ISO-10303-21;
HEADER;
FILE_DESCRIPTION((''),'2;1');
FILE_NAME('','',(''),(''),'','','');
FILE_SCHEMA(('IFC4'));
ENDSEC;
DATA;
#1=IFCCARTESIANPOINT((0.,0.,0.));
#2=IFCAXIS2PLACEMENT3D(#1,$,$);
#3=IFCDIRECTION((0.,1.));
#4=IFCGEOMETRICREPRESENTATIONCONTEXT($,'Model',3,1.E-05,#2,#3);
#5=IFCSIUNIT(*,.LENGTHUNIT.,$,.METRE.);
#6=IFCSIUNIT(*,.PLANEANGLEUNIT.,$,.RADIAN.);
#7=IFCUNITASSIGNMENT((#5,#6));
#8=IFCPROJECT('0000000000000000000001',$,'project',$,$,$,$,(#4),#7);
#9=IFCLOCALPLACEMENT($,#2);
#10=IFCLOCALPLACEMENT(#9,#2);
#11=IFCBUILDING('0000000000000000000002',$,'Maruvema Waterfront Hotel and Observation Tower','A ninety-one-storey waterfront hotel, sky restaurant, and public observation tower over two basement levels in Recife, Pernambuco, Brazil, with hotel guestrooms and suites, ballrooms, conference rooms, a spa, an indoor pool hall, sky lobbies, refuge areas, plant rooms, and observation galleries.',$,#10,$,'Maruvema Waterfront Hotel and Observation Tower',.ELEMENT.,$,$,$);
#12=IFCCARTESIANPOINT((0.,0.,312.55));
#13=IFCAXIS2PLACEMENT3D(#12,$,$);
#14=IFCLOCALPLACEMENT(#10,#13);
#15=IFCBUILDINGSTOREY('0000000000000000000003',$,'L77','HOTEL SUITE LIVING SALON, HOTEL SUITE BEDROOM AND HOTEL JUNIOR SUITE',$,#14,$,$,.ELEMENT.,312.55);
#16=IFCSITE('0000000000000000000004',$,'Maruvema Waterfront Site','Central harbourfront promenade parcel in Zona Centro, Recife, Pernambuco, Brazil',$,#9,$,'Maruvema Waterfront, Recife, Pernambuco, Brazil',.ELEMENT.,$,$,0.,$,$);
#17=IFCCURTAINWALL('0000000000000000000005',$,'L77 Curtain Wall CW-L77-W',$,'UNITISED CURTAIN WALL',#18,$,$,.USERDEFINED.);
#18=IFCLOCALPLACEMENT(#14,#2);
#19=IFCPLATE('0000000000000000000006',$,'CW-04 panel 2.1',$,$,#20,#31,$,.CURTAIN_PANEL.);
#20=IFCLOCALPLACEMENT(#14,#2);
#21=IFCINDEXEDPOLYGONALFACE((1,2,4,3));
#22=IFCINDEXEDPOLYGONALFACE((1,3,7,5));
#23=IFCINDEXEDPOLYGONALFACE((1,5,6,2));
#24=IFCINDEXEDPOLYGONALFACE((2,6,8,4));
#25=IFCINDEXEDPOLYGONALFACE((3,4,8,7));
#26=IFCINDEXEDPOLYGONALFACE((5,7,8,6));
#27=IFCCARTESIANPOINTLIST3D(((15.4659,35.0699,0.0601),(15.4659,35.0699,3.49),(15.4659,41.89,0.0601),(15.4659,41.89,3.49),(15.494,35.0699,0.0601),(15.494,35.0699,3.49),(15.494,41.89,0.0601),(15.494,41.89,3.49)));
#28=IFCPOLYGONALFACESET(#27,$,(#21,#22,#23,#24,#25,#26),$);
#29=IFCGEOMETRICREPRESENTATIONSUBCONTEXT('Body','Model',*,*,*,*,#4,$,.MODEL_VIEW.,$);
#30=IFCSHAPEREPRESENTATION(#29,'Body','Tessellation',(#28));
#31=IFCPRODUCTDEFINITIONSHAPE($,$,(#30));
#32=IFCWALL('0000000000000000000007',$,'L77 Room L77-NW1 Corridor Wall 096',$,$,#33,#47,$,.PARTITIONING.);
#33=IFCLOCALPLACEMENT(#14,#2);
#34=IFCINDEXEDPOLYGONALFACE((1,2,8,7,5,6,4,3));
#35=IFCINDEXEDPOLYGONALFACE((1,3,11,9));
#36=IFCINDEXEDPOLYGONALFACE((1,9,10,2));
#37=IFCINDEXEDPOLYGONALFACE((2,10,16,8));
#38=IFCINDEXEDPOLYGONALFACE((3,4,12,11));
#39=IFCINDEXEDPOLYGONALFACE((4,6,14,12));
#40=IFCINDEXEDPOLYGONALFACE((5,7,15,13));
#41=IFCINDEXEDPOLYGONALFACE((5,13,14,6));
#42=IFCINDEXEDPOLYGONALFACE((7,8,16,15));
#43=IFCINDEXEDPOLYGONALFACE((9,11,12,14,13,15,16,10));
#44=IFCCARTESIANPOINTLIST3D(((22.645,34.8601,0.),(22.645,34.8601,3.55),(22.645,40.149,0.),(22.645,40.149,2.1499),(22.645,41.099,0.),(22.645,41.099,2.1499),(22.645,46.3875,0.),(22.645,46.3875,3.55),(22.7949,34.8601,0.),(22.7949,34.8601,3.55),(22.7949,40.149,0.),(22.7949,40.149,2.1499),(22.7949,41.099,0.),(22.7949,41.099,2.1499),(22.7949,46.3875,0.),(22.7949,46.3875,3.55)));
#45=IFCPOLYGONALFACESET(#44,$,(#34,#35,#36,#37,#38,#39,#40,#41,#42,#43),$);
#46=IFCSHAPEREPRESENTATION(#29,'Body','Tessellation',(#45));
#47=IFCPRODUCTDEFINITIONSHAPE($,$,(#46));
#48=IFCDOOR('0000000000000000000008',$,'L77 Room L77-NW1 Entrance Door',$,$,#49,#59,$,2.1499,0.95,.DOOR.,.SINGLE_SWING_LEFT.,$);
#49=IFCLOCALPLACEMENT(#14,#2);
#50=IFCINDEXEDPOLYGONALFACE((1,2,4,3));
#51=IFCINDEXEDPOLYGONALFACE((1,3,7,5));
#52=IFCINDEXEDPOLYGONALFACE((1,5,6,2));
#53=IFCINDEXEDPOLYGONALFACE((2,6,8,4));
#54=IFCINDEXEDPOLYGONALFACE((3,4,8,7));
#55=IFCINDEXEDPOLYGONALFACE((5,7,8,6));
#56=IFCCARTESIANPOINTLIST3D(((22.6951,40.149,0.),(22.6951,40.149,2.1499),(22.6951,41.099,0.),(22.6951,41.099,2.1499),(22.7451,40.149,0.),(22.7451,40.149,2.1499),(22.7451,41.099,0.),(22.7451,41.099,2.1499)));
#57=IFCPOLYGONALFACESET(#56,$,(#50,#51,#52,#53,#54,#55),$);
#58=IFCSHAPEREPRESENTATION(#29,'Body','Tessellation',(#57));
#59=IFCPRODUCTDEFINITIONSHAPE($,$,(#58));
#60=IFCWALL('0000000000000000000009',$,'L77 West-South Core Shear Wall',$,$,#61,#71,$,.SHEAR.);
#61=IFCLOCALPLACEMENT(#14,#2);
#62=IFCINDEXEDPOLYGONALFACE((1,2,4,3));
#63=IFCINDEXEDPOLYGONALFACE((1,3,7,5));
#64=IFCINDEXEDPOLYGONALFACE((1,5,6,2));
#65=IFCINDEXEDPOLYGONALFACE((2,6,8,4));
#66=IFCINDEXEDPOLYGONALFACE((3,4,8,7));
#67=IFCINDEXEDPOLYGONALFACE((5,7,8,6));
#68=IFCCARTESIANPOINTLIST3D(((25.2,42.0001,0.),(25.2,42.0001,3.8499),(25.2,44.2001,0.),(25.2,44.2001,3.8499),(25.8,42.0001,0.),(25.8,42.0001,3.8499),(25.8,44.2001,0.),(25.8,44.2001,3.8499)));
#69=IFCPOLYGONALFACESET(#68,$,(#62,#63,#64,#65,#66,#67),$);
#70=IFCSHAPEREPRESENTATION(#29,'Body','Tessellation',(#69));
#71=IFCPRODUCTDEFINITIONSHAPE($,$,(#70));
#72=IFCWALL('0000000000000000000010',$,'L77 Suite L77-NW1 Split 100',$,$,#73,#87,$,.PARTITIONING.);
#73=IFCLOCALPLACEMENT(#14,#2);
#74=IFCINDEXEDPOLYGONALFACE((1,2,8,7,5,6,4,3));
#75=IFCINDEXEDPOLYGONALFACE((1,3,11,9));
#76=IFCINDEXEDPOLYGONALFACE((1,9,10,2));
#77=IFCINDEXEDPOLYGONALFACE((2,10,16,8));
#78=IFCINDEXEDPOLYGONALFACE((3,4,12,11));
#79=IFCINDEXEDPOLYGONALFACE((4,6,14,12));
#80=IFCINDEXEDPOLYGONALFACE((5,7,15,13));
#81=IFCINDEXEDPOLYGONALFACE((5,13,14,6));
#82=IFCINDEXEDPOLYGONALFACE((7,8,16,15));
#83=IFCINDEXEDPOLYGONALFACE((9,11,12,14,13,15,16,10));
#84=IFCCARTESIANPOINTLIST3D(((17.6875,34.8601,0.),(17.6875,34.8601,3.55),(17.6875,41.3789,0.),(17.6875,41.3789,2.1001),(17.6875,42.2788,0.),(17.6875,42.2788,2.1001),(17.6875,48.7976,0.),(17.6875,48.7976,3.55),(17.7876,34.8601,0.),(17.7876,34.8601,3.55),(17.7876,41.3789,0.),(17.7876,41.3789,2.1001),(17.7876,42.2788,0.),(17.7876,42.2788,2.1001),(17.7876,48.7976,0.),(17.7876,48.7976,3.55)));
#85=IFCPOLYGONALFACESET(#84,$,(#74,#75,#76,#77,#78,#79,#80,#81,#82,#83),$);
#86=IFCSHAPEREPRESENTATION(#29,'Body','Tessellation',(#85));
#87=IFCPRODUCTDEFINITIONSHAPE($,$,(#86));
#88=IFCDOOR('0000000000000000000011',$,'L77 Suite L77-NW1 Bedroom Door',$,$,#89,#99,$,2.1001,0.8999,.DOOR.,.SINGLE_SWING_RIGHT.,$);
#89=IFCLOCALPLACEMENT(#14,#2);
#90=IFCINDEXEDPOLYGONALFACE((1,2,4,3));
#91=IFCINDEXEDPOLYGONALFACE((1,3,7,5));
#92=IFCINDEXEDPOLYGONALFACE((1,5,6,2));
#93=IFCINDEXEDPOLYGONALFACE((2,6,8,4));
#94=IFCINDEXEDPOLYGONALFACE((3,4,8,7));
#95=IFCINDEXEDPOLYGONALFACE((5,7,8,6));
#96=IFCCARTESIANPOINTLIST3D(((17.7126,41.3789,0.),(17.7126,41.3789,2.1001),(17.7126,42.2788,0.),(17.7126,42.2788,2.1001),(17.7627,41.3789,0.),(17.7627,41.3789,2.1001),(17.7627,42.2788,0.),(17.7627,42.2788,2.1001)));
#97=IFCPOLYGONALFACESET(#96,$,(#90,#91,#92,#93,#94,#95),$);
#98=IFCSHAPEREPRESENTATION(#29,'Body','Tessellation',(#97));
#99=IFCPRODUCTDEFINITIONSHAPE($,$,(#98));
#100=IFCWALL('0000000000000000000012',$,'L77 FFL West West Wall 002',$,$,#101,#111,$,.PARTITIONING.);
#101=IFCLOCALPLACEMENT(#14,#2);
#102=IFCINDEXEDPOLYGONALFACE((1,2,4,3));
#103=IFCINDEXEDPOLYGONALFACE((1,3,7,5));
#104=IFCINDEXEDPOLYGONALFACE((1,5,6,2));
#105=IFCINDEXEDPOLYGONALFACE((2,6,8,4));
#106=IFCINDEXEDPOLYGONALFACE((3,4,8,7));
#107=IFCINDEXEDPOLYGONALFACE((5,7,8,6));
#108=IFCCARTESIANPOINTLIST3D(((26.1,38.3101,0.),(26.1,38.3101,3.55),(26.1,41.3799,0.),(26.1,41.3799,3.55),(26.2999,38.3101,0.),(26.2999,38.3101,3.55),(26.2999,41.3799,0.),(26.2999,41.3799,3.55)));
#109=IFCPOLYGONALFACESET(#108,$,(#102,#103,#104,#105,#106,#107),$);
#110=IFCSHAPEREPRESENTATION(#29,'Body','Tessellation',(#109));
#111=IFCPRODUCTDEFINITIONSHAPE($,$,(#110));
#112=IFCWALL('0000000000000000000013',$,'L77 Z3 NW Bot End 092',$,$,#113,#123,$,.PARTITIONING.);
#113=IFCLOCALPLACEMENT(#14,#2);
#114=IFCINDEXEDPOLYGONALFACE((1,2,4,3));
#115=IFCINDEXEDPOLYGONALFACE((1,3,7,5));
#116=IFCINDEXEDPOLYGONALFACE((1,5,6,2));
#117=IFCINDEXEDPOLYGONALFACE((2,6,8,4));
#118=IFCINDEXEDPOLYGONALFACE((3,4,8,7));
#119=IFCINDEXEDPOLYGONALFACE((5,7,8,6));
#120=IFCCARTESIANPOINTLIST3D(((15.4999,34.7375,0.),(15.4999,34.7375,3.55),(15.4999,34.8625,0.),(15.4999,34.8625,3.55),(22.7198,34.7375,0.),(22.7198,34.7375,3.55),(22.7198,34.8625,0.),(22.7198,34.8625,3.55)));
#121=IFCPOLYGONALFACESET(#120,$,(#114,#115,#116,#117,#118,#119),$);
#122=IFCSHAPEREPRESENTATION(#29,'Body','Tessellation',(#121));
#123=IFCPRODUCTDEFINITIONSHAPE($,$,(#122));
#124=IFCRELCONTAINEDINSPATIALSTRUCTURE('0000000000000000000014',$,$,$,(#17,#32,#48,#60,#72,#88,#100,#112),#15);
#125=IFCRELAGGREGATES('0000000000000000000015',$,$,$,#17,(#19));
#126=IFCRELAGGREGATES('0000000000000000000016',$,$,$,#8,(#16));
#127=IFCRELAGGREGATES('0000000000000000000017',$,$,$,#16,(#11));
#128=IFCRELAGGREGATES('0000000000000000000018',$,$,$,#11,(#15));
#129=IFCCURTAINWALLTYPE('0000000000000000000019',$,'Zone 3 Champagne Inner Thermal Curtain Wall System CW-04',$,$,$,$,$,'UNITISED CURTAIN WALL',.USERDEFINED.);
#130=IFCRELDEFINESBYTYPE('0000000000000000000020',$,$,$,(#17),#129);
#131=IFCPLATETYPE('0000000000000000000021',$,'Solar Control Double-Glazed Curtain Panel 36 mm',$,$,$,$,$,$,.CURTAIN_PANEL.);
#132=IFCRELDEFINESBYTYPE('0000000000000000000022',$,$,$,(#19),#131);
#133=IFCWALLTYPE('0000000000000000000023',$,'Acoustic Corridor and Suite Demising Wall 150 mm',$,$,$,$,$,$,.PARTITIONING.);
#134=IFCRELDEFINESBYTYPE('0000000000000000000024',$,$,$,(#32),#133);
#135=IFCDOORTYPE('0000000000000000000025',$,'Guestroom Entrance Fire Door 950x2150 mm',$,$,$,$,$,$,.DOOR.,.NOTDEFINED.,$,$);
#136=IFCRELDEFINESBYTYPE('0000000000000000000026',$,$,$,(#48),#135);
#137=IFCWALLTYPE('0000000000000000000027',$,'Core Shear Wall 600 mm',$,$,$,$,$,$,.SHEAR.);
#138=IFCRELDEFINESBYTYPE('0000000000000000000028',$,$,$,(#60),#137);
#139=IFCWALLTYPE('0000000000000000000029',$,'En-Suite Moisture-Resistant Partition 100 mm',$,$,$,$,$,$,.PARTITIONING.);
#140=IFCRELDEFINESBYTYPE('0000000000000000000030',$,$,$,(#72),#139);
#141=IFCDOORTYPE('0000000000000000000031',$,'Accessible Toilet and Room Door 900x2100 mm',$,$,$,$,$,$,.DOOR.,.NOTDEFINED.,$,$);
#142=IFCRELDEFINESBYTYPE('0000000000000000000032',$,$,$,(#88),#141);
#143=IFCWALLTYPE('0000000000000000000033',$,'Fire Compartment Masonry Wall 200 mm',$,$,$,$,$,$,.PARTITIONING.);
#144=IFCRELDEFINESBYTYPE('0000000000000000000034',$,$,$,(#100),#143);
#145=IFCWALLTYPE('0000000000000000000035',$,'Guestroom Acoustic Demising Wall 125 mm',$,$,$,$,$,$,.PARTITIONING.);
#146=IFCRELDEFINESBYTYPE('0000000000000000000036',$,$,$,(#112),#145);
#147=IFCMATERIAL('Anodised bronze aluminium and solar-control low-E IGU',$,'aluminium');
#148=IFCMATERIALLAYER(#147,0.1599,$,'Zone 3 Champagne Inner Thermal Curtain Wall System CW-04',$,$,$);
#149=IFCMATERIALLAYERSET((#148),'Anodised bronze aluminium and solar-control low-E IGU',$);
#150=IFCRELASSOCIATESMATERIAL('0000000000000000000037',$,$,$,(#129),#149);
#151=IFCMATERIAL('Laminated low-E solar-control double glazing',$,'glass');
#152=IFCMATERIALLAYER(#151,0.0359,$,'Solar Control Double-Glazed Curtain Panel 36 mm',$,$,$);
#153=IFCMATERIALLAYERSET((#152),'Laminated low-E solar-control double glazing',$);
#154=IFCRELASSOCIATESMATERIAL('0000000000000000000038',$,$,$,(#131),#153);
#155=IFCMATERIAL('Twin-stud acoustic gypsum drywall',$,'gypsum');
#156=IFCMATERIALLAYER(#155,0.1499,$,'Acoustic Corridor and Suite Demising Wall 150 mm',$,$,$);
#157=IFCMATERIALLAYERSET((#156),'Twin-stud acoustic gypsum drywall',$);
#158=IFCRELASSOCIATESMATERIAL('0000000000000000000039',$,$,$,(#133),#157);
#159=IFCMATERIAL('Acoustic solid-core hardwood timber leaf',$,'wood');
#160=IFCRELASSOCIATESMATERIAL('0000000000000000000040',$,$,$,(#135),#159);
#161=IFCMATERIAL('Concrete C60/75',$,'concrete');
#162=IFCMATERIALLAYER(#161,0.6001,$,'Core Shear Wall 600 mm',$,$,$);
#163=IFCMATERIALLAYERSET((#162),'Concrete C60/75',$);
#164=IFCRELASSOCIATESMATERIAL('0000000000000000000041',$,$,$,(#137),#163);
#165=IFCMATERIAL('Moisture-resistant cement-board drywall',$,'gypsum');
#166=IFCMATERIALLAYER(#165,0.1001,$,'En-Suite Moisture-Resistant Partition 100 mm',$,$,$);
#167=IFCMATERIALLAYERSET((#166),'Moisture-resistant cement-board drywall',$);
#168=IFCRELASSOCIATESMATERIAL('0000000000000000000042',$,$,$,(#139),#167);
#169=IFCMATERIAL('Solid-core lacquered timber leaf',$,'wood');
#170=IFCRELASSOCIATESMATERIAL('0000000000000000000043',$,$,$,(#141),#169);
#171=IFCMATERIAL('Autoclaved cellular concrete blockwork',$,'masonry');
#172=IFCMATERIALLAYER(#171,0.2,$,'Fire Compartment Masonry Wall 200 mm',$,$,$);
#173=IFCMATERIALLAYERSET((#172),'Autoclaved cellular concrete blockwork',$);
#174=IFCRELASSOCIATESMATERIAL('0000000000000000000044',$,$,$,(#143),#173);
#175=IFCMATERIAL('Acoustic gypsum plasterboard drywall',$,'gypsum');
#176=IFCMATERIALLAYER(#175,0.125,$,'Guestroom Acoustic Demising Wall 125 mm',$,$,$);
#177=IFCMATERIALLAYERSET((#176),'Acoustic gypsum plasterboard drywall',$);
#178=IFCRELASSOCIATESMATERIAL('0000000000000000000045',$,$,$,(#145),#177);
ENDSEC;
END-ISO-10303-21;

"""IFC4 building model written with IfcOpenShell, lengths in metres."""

from ifc_helpers import new_model, si_unit, direction, frame, frame_2d, origin, origin_2d, place, context, subcontext, project, spatial, rectangle, extrude, material, layer, layer_set, type_object, element, fill, aggregate, save


model = new_model("IFC4")

# Units and contexts
model_context = context("Model", 3, precision=1e-05, world=origin(), true_north=direction((0.0, 1.0)))
body_context = subcontext(model_context, "Body", "Model", "MODEL_VIEW")
ifc_project = project(units=[si_unit("LENGTHUNIT", "METRE"), si_unit("PLANEANGLEUNIT", "RADIAN")], contexts=[model_context])

# Site, building, storey
site_placement = place(None, origin())
site = spatial("IfcSite", under=ifc_project, at=site_placement, Name="Maruvema Waterfront Site", Description="Central harbourfront promenade parcel in Zona Centro, Recife, Pernambuco, Brazil", LongName="Maruvema Waterfront, Recife, Pernambuco, Brazil", CompositionType="ELEMENT", RefElevation=0.0)
building_placement = place(site_placement, origin())
building = spatial("IfcBuilding", under=site, at=building_placement, Name="Maruvema Waterfront Hotel and Observation Tower", Description="A ninety-one-storey waterfront hotel, sky restaurant, and public observation tower over two basement levels in Recife, Pernambuco, Brazil, with hotel guestrooms and suites, ballrooms, conference rooms, a spa, an indoor pool hall, sky lobbies, refuge areas, plant rooms, and observation galleries.", LongName="Maruvema Waterfront Hotel and Observation Tower", CompositionType="ELEMENT")
storey_placement = place(building_placement, frame((0.0, 0.0, 312.55)))
storey = spatial("IfcBuildingStorey", under=building, at=storey_placement, Name="L77", Description="HOTEL SUITE LIVING SALON, HOTEL SUITE BEDROOM AND HOTEL JUNIOR SUITE", CompositionType="ELEMENT", Elevation=312.55)

# Curtain wall
ifc_material_1 = material(Name="Anodised bronze aluminium and solar-control low-E IGU", Category="aluminium")
ifc_layer_1 = layer(ifc_material_1, 0.1599, Name="Zone 3 Champagne Inner Thermal Curtain Wall System CW-04")
ifc_layer_set_1 = layer_set([ifc_layer_1], Name="Anodised bronze aluminium and solar-control low-E IGU")
curtain_wall_type = type_object("IfcCurtainWallType", Name="Zone 3 Champagne Inner Thermal Curtain Wall System CW-04", ElementType="UNITISED CURTAIN WALL", PredefinedType="USERDEFINED", material=ifc_layer_set_1)
curtain_wall_placement = place(storey_placement, origin())
curtain_wall = element("IfcCurtainWall", 1, at=curtain_wall_placement, inside=storey, type_object=curtain_wall_type, Name="L77 Curtain Wall CW-L77-W", ObjectType="UNITISED CURTAIN WALL", PredefinedType="USERDEFINED")

# Plate
ifc_material_2 = material(Name="Laminated low-E solar-control double glazing", Category="glass")
ifc_layer_2 = layer(ifc_material_2, 0.0359, Name="Solar Control Double-Glazed Curtain Panel 36 mm")
ifc_layer_set_2 = layer_set([ifc_layer_2], Name="Laminated low-E solar-control double glazing")
plate_type = type_object("IfcPlateType", Name="Solar Control Double-Glazed Curtain Panel 36 mm", PredefinedType="CURTAIN_PANEL", material=ifc_layer_set_2)
plate_placement = place(storey_placement, frame((15.48, 38.48, 0.0601), z_axis=(0.0, 0.0, 1.0), x_axis=(0.0, -1.0, 0.0)))
plate = element("IfcPlate", 2, at=plate_placement, type_object=plate_type, Name="CW-04 panel 2.1", PredefinedType="CURTAIN_PANEL", context=body_context, shape_type="SweptSolid", body=[
    extrude(rectangle(XDim=6.8201, YDim=0.0281, at=origin_2d()), origin(), (0.0, 0.0, 1.0), 3.4299),
])
aggregate(curtain_wall, [plate])

# Wall, opening, door
ifc_material_3 = material(Name="Twin-stud acoustic gypsum drywall", Category="gypsum")
ifc_layer_3 = layer(ifc_material_3, 0.1499, Name="Acoustic Corridor and Suite Demising Wall 150 mm")
ifc_layer_set_3 = layer_set([ifc_layer_3], Name="Twin-stud acoustic gypsum drywall")
wall_type_1 = type_object("IfcWallType", Name="Acoustic Corridor and Suite Demising Wall 150 mm", PredefinedType="PARTITIONING", material=ifc_layer_set_3)
wall_1_placement = place(storey_placement, frame((22.72, 34.8601, 0.0), z_axis=(0.0, 0.0, 1.0), x_axis=(0.0, 1.0, 0.0)))
wall_1 = element("IfcWall", 3, at=wall_1_placement, inside=storey, type_object=wall_type_1, Name="L77 Room L77-NW1 Corridor Wall 096", PredefinedType="PARTITIONING", context=body_context, shape_type="SweptSolid", body=[
    extrude(rectangle(XDim=11.5273, YDim=0.1499, at=frame_2d((5.7637, 0.0))), origin(), (0.0, 0.0, 1.0), 3.55),
])
opening_1_placement = place(wall_1_placement, frame((5.2888, 0.0, 0.0)))
opening_1 = element("IfcOpeningElement", 4, at=opening_1_placement, cuts=wall_1, PredefinedType="OPENING", context=body_context, shape_type="SweptSolid", body=[
    extrude(rectangle(XDim=0.95, YDim=2.1499, at=frame_2d((0.4751, 1.075))), frame((0.0, 0.085, 0.0), z_axis=(0.0, -1.0, 0.0), x_axis=(1.0, 0.0, 0.0)), (0.0, 0.0, 1.0), 0.1699),
])
ifc_material_4 = material(Name="Acoustic solid-core hardwood timber leaf", Category="wood")
door_type_1 = type_object("IfcDoorType", Name="Guestroom Entrance Fire Door 950x2150 mm", OperationType="NOTDEFINED", PredefinedType="DOOR", material=ifc_material_4)
door_1_placement = place(opening_1_placement, origin())
door_1 = element("IfcDoor", 5, at=door_1_placement, inside=storey, type_object=door_type_1, Name="L77 Room L77-NW1 Entrance Door", OperationType="SINGLE_SWING_LEFT", OverallHeight=2.1499, OverallWidth=0.95, PredefinedType="DOOR", context=body_context, shape_type="SweptSolid", body=[
    extrude(rectangle(XDim=0.95, YDim=2.1499, at=frame_2d((0.4751, 1.075))), frame((0.0, 0.0249, 0.0), z_axis=(0.0, -1.0, 0.0), x_axis=(1.0, 0.0, 0.0)), (0.0, 0.0, 1.0), 0.05),
])
fill(opening_1, door_1)

# Shared definitions
ifc_material_5 = material(Name="Concrete C60/75", Category="concrete")
ifc_layer_4 = layer(ifc_material_5, 0.6001, Name="Core Shear Wall 600 mm")
ifc_layer_set_4 = layer_set([ifc_layer_4], Name="Concrete C60/75")
wall_type_2 = type_object("IfcWallType", Name="Core Shear Wall 600 mm", PredefinedType="SHEAR", material=ifc_layer_set_4)

# Wall
wall_2_placement = place(storey_placement, frame((25.5, 42.0, 0.0), z_axis=(0.0, 0.0, 1.0), x_axis=(0.0, 1.0, 0.0)))
element("IfcWall", 6, at=wall_2_placement, inside=storey, type_object=wall_type_2, Name="L77 West-South Core Shear Wall", PredefinedType="SHEAR", context=body_context, shape_type="SweptSolid", body=[
    extrude(rectangle(XDim=2.2, YDim=0.6001, at=frame_2d((1.1001, 0.0))), origin(), (0.0, 0.0, 1.0), 3.8499),
])

# Wall, opening, door
ifc_material_6 = material(Name="Moisture-resistant cement-board drywall", Category="gypsum")
ifc_layer_5 = layer(ifc_material_6, 0.1001, Name="En-Suite Moisture-Resistant Partition 100 mm")
ifc_layer_set_5 = layer_set([ifc_layer_5], Name="Moisture-resistant cement-board drywall")
wall_type_3 = type_object("IfcWallType", Name="En-Suite Moisture-Resistant Partition 100 mm", PredefinedType="PARTITIONING", material=ifc_layer_set_5)
wall_3_placement = place(storey_placement, frame((17.7375, 34.8601, 0.0), z_axis=(0.0, 0.0, 1.0), x_axis=(0.0, 1.0, 0.0)))
wall_3 = element("IfcWall", 7, at=wall_3_placement, inside=storey, type_object=wall_type_3, Name="L77 Suite L77-NW1 Split 100", PredefinedType="PARTITIONING", context=body_context, shape_type="SweptSolid", body=[
    extrude(rectangle(XDim=13.9375, YDim=0.1001, at=frame_2d((6.9688, 0.0))), origin(), (0.0, 0.0, 1.0), 3.55),
])
opening_2_placement = place(wall_3_placement, frame((6.5188, 0.0, 0.0)))
opening_2 = element("IfcOpeningElement", 8, at=opening_2_placement, cuts=wall_3, PredefinedType="OPENING", context=body_context, shape_type="SweptSolid", body=[
    extrude(rectangle(XDim=0.8999, YDim=2.1001, at=frame_2d((0.45, 1.05))), frame((0.0, 0.0601, 0.0), z_axis=(0.0, -1.0, 0.0), x_axis=(1.0, 0.0, 0.0)), (0.0, 0.0, 1.0), 0.1201),
])
ifc_material_7 = material(Name="Solid-core lacquered timber leaf", Category="wood")
door_type_2 = type_object("IfcDoorType", Name="Accessible Toilet and Room Door 900x2100 mm", OperationType="NOTDEFINED", PredefinedType="DOOR", material=ifc_material_7)
door_2_placement = place(opening_2_placement, origin())
door_2 = element("IfcDoor", 9, at=door_2_placement, inside=storey, type_object=door_type_2, Name="L77 Suite L77-NW1 Bedroom Door", OperationType="SINGLE_SWING_RIGHT", OverallHeight=2.1001, OverallWidth=0.8999, PredefinedType="DOOR", context=body_context, shape_type="SweptSolid", body=[
    extrude(rectangle(XDim=0.8999, YDim=2.1001, at=frame_2d((0.45, 1.05))), frame((0.0, 0.0249, 0.0), z_axis=(0.0, -1.0, 0.0), x_axis=(1.0, 0.0, 0.0)), (0.0, 0.0, 1.0), 0.05),
])
fill(opening_2, door_2)
ifc_material_8 = material(Name="Autoclaved cellular concrete blockwork", Category="masonry")
ifc_layer_6 = layer(ifc_material_8, 0.2, Name="Fire Compartment Masonry Wall 200 mm")
ifc_layer_set_6 = layer_set([ifc_layer_6], Name="Autoclaved cellular concrete blockwork")
wall_type_4 = type_object("IfcWallType", Name="Fire Compartment Masonry Wall 200 mm", PredefinedType="PARTITIONING", material=ifc_layer_set_6)

# Walls
wall_4_placement = place(storey_placement, frame((26.2, 38.3101, 0.0), z_axis=(0.0, 0.0, 1.0), x_axis=(0.0, 1.0, 0.0)))
element("IfcWall", 10, at=wall_4_placement, inside=storey, type_object=wall_type_4, Name="L77 FFL West West Wall 002", PredefinedType="PARTITIONING", context=body_context, shape_type="SweptSolid", body=[
    extrude(rectangle(XDim=3.0698, YDim=0.2, at=frame_2d((1.5349, 0.0))), origin(), (0.0, 0.0, 1.0), 3.55),
])
ifc_material_9 = material(Name="Acoustic gypsum plasterboard drywall", Category="gypsum")
ifc_layer_7 = layer(ifc_material_9, 0.125, Name="Guestroom Acoustic Demising Wall 125 mm")
ifc_layer_set_7 = layer_set([ifc_layer_7], Name="Acoustic gypsum plasterboard drywall")
wall_type_5 = type_object("IfcWallType", Name="Guestroom Acoustic Demising Wall 125 mm", PredefinedType="PARTITIONING", material=ifc_layer_set_7)
wall_5_placement = place(storey_placement, frame((15.5, 34.8, 0.0), z_axis=(0.0, 0.0, 1.0), x_axis=(1.0, 0.0, 0.0)))
element("IfcWall", 11, at=wall_5_placement, inside=storey, type_object=wall_type_5, Name="L77 Z3 NW Bot End 092", PredefinedType="PARTITIONING", context=body_context, shape_type="SweptSolid", body=[
    extrude(rectangle(XDim=7.22, YDim=0.125, at=frame_2d((3.6099, 0.0))), origin(), (0.0, 0.0, 1.0), 3.55),
])

save(model, "model.ifc")
